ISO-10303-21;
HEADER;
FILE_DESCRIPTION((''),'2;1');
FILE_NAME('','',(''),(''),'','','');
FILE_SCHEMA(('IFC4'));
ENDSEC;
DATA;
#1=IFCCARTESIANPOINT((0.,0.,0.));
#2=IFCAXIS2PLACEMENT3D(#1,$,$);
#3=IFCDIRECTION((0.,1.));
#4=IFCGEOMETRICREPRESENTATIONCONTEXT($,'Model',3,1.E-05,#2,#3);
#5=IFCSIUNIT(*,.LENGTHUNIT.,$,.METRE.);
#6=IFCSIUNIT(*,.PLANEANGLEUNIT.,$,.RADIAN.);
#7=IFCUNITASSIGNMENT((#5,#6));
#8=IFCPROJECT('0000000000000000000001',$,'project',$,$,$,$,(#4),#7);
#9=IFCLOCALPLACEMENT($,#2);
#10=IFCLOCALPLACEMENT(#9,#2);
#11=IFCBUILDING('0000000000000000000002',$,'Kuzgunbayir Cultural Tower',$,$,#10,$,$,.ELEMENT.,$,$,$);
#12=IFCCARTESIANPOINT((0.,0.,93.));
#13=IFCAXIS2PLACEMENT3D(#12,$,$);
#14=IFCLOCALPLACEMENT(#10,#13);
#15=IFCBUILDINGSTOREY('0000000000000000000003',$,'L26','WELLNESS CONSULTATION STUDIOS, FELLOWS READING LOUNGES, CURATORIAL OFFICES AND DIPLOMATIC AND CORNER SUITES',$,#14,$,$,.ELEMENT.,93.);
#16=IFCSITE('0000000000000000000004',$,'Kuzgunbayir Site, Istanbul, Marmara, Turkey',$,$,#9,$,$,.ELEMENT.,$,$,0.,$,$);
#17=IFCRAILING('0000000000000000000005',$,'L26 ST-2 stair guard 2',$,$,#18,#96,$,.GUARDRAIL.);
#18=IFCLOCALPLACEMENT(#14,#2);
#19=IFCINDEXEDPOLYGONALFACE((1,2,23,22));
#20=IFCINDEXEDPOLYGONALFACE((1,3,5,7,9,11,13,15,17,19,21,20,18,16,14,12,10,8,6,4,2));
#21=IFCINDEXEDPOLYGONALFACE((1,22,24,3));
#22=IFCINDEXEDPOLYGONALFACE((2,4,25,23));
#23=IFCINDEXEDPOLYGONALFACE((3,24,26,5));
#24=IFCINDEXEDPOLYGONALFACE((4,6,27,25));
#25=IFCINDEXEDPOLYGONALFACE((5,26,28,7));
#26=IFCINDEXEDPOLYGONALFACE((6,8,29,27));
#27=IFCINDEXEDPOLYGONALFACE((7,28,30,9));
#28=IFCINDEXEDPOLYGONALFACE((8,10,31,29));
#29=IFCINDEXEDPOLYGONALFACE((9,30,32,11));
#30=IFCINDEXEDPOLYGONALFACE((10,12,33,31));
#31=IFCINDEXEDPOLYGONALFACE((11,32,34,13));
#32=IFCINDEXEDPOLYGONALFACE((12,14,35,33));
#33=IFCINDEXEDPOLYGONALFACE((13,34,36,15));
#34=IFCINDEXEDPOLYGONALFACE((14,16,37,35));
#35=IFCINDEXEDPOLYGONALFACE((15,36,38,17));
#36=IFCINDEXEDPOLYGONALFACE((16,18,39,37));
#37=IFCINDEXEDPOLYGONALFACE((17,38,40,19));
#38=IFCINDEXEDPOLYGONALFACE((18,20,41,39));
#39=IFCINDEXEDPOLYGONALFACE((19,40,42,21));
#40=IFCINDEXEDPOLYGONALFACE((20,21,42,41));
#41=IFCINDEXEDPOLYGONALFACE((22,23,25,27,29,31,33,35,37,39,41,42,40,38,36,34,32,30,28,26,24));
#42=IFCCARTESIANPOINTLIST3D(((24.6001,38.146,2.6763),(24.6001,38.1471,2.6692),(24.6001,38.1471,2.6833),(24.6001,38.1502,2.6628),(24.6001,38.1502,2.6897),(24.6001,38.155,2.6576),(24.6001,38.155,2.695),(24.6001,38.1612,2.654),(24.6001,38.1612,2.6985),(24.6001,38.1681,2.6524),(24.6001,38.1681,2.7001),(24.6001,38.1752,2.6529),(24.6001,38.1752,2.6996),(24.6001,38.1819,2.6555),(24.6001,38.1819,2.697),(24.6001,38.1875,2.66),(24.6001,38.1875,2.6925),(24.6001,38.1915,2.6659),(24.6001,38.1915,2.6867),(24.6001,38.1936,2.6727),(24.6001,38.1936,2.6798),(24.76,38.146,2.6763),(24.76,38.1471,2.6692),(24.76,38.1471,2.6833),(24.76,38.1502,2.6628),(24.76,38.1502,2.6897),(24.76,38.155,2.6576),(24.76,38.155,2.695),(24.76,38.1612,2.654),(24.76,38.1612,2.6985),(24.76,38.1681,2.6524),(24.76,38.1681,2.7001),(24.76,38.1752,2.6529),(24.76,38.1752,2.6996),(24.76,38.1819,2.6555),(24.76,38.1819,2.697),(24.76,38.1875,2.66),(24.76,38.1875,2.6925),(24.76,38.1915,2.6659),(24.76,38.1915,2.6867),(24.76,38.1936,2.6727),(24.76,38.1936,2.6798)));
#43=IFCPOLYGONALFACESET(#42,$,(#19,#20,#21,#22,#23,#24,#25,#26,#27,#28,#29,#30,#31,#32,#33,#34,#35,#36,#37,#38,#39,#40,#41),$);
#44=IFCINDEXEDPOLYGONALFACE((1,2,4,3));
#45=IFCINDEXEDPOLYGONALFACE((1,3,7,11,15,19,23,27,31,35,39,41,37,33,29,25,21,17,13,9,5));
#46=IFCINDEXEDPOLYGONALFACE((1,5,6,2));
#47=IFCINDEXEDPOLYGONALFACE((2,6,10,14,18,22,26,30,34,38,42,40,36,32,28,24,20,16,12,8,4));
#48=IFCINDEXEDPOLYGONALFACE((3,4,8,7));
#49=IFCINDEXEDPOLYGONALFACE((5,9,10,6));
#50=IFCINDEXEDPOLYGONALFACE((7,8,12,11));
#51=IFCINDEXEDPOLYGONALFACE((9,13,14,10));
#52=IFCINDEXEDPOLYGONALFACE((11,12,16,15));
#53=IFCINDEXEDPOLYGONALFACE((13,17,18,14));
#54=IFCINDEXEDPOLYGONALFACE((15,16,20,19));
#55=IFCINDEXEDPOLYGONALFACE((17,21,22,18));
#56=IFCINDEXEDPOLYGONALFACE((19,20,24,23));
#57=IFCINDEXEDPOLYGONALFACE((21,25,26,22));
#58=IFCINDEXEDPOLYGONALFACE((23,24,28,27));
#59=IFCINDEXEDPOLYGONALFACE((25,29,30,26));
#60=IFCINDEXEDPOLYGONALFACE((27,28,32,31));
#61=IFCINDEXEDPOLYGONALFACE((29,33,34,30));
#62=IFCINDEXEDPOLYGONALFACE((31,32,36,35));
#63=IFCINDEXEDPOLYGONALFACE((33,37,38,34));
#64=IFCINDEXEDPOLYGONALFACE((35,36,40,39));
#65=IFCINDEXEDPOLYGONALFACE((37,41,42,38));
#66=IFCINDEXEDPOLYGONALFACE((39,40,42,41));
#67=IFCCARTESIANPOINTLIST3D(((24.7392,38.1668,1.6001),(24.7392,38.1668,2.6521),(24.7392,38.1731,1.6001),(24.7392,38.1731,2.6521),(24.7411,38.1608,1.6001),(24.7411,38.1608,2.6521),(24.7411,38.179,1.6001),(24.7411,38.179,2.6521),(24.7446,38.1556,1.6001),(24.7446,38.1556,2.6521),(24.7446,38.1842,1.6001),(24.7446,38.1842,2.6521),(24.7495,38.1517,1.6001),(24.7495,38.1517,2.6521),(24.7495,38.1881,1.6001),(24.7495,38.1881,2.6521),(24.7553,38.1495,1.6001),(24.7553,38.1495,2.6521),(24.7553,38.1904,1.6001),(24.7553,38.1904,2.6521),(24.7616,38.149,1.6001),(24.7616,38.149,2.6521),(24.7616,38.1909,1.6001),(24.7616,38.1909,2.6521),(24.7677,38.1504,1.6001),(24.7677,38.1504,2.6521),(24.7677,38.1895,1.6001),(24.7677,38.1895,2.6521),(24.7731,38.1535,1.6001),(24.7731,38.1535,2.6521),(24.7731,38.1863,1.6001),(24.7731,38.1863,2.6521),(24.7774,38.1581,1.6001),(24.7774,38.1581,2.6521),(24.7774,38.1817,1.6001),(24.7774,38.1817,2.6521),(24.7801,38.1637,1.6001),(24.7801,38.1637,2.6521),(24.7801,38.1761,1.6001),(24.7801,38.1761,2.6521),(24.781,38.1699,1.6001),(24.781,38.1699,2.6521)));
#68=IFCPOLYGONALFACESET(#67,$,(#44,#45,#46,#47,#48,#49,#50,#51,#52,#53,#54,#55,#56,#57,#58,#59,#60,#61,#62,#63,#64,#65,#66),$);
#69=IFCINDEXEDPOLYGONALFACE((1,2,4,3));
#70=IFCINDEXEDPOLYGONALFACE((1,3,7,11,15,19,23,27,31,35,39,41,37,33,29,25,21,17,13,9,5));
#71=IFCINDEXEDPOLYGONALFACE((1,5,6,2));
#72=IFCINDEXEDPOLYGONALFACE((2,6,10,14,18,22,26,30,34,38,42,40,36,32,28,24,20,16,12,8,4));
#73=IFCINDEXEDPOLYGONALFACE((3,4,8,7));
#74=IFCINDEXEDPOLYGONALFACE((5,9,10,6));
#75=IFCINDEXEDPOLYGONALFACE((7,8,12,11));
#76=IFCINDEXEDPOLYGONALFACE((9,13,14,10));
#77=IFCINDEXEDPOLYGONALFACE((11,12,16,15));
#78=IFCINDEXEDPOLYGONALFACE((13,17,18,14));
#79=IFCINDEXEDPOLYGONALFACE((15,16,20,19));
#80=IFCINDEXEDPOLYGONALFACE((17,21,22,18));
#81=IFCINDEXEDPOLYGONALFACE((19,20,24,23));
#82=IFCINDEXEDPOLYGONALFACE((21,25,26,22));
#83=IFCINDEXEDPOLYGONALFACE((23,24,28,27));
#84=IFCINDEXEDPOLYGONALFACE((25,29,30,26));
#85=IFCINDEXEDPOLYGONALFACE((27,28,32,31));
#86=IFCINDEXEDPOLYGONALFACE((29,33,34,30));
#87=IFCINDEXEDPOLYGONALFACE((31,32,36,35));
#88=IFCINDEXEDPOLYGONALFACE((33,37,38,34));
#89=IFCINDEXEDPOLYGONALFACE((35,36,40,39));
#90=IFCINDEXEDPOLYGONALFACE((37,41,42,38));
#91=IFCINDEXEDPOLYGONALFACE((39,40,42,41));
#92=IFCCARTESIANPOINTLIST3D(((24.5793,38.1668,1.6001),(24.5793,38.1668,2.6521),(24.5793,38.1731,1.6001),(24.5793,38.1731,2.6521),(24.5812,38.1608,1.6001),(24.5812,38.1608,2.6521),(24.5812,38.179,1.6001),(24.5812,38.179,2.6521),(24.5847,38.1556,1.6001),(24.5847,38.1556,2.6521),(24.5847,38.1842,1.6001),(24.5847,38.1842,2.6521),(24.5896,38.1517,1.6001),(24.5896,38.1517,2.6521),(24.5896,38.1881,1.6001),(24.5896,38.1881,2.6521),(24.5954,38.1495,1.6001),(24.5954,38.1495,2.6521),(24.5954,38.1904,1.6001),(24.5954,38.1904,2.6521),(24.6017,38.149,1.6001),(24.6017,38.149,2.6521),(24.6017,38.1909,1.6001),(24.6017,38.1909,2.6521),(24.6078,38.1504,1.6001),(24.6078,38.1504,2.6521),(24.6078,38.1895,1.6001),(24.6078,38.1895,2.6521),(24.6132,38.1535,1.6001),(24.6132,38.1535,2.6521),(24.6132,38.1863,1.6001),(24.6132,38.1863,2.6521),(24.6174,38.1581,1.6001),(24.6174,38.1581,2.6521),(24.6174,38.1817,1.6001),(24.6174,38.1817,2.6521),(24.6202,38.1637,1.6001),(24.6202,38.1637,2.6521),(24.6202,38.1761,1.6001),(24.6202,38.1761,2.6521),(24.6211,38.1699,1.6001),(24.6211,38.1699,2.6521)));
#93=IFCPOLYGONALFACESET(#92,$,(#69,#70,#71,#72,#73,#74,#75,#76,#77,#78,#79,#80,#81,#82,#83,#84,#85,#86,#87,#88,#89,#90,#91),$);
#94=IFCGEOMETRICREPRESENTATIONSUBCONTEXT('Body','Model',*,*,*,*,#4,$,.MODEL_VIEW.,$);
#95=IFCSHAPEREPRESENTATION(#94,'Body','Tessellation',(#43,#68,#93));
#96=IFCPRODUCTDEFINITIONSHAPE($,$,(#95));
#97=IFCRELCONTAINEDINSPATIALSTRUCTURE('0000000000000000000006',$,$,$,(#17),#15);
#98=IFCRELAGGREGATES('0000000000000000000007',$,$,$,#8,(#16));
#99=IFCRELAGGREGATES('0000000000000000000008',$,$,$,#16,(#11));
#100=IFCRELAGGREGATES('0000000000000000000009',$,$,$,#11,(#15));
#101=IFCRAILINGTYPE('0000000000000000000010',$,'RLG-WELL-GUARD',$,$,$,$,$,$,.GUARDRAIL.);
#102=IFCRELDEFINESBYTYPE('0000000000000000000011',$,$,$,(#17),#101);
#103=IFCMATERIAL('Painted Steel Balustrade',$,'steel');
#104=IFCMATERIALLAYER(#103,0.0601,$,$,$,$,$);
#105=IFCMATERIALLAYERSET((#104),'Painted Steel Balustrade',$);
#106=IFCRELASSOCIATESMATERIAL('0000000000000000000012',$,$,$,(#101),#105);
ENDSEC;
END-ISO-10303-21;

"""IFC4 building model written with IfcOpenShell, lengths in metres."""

from ifc_helpers import new_model, si_unit, direction, frame, origin, origin_2d, place, context, subcontext, project, spatial, circle, extrude, material, layer, layer_set, type_object, element, save


model = new_model("IFC4")

# Units and contexts
model_context = context("Model", 3, precision=1e-05, world=origin(), true_north=direction((0.0, 1.0)))
body_context = subcontext(model_context, "Body", "Model", "MODEL_VIEW")
ifc_project = project(units=[si_unit("LENGTHUNIT", "METRE"), si_unit("PLANEANGLEUNIT", "RADIAN")], contexts=[model_context])

# Site, building, storey
site_placement = place(None, origin())
site = spatial("IfcSite", under=ifc_project, at=site_placement, Name="Kuzgunbayir Site, Istanbul, Marmara, Turkey", CompositionType="ELEMENT", RefElevation=0.0)
building_placement = place(site_placement, origin())
building = spatial("IfcBuilding", under=site, at=building_placement, Name="Kuzgunbayir Cultural Tower", CompositionType="ELEMENT")
storey_placement = place(building_placement, frame((0.0, 0.0, 93.0)))
storey = spatial("IfcBuildingStorey", under=building, at=storey_placement, Name="L26", Description="WELLNESS CONSULTATION STUDIOS, FELLOWS READING LOUNGES, CURATORIAL OFFICES AND DIPLOMATIC AND CORNER SUITES", CompositionType="ELEMENT", Elevation=93.0)

# Railing
ifc_material_1 = material(Name="Painted Steel Balustrade", Category="steel")
ifc_layer_1 = layer(ifc_material_1, 0.0601)
ifc_layer_set_1 = layer_set([ifc_layer_1], Name="Painted Steel Balustrade")
railing_type_1 = type_object("IfcRailingType", Name="RLG-WELL-GUARD", PredefinedType="GUARDRAIL", material=ifc_layer_set_1)
railing_1_placement = place(storey_placement, frame((24.76, 38.1699, 1.6001)))
element("IfcRailing", 1, at=railing_1_placement, inside=storey, type_object=railing_type_1, Name="L26 ST-2 stair guard 2", PredefinedType="GUARDRAIL", context=body_context, shape_type="SweptSolid", body=[
    extrude(circle(Radius=0.0239, at=origin_2d()), frame((0.0, 0.0, 1.0762), z_axis=(-1.0, 0.0, 0.0), x_axis=(0.0, -1.0, 0.0)), (0.0, 0.0, 1.0), 0.1599),
    extrude(circle(Radius=0.021, at=origin_2d()), origin(), (0.0, 0.0, 1.0), 1.052),
    extrude(circle(Radius=0.021, at=origin_2d()), frame((-0.1599, 0.0, 0.0)), (0.0, 0.0, 1.0), 1.052),
])

save(model, "model.ifc")
